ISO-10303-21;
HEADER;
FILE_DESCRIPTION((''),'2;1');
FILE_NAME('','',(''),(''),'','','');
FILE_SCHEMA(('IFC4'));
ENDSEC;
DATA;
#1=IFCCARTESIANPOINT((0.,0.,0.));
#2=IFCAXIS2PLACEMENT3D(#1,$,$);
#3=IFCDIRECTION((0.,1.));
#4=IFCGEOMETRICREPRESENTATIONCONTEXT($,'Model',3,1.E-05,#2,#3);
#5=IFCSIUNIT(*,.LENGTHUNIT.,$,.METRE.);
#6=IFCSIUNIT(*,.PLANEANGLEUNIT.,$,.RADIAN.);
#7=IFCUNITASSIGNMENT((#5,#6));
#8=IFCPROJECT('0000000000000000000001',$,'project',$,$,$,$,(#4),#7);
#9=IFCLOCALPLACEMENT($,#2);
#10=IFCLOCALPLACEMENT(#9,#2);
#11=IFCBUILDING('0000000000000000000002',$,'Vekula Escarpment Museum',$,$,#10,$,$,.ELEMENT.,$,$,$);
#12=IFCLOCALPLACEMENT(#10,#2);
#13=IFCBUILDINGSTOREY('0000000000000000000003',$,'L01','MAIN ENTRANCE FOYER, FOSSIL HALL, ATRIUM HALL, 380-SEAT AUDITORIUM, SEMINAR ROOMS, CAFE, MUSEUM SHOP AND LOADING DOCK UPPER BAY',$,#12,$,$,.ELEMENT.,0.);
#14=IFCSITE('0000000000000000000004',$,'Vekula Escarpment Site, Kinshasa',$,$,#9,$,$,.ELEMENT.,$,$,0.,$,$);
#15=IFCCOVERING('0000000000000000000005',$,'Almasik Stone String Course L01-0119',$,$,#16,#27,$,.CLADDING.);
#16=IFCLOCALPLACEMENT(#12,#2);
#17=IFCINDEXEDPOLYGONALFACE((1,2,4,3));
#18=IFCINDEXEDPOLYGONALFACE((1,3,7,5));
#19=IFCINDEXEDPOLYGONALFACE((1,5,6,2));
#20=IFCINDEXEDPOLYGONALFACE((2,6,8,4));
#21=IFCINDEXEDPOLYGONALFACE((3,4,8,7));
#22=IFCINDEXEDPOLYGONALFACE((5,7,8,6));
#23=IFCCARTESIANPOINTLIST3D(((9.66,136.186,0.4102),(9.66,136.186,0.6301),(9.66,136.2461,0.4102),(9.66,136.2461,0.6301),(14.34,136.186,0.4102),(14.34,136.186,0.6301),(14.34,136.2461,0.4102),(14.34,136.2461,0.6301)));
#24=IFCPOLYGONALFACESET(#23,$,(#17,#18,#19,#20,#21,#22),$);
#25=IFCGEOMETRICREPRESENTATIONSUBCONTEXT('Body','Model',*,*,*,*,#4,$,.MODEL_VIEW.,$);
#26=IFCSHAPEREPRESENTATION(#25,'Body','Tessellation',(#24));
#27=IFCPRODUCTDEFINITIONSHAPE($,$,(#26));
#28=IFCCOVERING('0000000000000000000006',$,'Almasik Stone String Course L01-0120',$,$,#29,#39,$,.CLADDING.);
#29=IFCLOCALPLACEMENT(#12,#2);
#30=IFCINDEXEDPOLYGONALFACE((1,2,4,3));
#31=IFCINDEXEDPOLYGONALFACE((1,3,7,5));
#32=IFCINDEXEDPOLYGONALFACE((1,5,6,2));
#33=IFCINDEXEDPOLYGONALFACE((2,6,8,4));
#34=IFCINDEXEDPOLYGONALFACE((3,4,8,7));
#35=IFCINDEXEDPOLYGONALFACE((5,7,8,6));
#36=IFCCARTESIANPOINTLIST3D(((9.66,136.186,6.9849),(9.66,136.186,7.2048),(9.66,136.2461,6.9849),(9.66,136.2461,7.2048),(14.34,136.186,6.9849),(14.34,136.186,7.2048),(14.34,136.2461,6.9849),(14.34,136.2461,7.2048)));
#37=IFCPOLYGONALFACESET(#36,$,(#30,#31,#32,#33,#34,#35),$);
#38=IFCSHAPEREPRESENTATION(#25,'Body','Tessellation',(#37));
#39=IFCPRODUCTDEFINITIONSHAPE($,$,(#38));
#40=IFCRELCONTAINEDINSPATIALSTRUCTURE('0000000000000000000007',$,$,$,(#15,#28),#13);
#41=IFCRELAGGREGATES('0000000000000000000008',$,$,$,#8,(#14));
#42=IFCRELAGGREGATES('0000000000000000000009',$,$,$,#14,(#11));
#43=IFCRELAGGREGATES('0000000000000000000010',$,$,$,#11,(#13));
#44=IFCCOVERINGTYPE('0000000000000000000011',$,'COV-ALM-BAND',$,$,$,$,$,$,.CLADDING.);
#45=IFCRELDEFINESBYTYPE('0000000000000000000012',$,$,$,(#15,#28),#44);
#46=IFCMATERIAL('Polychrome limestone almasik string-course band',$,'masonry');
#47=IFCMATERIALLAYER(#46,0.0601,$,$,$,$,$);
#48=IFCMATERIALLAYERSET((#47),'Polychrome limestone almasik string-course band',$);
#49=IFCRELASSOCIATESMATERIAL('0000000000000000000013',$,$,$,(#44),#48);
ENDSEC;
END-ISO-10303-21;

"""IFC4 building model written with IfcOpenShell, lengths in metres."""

from ifc_helpers import new_model, si_unit, direction, frame, origin, origin_2d, place, context, subcontext, project, spatial, rectangle, extrude, material, layer, layer_set, type_object, element, save


model = new_model("IFC4")

# Units and contexts
model_context = context("Model", 3, precision=1e-05, world=origin(), true_north=direction((0.0, 1.0)))
body_context = subcontext(model_context, "Body", "Model", "MODEL_VIEW")
ifc_project = project(units=[si_unit("LENGTHUNIT", "METRE"), si_unit("PLANEANGLEUNIT", "RADIAN")], contexts=[model_context])

# Site, building, storey
site_placement = place(None, origin())
site = spatial("IfcSite", under=ifc_project, at=site_placement, Name="Vekula Escarpment Site, Kinshasa", CompositionType="ELEMENT", RefElevation=0.0)
building_placement = place(site_placement, origin())
building = spatial("IfcBuilding", under=site, at=building_placement, Name="Vekula Escarpment Museum", CompositionType="ELEMENT")
storey_placement = place(building_placement, origin())
storey = spatial("IfcBuildingStorey", under=building, at=storey_placement, Name="L01", Description="MAIN ENTRANCE FOYER, FOSSIL HALL, ATRIUM HALL, 380-SEAT AUDITORIUM, SEMINAR ROOMS, CAFE, MUSEUM SHOP AND LOADING DOCK UPPER BAY", CompositionType="ELEMENT", Elevation=0.0)

# Coverings
ifc_material_1 = material(Name="Polychrome limestone almasik string-course band", Category="masonry")
ifc_layer_1 = layer(ifc_material_1, 0.0601)
ifc_layer_set_1 = layer_set([ifc_layer_1], Name="Polychrome limestone almasik string-course band")
covering_type = type_object("IfcCoveringType", Name="COV-ALM-BAND", PredefinedType="CLADDING", material=ifc_layer_set_1)
for number, where, z_axis, x_axis, name in (
    (1, (12.0, 136.2161, 0.4102), (0.0, 0.0, 1.0), (1.0, 0.0, 0.0), "Almasik Stone String Course L01-0119"),
    (2, (12.0, 136.2161, 6.9849), (0.0, 0.0, 1.0), (1.0, 0.0, 0.0), "Almasik Stone String Course L01-0120"),
):
    element("IfcCovering", number, at=place(storey_placement, frame(where, z_axis=z_axis, x_axis=x_axis)), inside=storey, type_object=covering_type, Name=name, PredefinedType="CLADDING", context=body_context, shape_type="SweptSolid", body=[
        extrude(rectangle(XDim=4.6799, YDim=0.0601, at=origin_2d()), origin(), (0.0, 0.0, 1.0), 0.22),
    ])

save(model, "model.ifc")
